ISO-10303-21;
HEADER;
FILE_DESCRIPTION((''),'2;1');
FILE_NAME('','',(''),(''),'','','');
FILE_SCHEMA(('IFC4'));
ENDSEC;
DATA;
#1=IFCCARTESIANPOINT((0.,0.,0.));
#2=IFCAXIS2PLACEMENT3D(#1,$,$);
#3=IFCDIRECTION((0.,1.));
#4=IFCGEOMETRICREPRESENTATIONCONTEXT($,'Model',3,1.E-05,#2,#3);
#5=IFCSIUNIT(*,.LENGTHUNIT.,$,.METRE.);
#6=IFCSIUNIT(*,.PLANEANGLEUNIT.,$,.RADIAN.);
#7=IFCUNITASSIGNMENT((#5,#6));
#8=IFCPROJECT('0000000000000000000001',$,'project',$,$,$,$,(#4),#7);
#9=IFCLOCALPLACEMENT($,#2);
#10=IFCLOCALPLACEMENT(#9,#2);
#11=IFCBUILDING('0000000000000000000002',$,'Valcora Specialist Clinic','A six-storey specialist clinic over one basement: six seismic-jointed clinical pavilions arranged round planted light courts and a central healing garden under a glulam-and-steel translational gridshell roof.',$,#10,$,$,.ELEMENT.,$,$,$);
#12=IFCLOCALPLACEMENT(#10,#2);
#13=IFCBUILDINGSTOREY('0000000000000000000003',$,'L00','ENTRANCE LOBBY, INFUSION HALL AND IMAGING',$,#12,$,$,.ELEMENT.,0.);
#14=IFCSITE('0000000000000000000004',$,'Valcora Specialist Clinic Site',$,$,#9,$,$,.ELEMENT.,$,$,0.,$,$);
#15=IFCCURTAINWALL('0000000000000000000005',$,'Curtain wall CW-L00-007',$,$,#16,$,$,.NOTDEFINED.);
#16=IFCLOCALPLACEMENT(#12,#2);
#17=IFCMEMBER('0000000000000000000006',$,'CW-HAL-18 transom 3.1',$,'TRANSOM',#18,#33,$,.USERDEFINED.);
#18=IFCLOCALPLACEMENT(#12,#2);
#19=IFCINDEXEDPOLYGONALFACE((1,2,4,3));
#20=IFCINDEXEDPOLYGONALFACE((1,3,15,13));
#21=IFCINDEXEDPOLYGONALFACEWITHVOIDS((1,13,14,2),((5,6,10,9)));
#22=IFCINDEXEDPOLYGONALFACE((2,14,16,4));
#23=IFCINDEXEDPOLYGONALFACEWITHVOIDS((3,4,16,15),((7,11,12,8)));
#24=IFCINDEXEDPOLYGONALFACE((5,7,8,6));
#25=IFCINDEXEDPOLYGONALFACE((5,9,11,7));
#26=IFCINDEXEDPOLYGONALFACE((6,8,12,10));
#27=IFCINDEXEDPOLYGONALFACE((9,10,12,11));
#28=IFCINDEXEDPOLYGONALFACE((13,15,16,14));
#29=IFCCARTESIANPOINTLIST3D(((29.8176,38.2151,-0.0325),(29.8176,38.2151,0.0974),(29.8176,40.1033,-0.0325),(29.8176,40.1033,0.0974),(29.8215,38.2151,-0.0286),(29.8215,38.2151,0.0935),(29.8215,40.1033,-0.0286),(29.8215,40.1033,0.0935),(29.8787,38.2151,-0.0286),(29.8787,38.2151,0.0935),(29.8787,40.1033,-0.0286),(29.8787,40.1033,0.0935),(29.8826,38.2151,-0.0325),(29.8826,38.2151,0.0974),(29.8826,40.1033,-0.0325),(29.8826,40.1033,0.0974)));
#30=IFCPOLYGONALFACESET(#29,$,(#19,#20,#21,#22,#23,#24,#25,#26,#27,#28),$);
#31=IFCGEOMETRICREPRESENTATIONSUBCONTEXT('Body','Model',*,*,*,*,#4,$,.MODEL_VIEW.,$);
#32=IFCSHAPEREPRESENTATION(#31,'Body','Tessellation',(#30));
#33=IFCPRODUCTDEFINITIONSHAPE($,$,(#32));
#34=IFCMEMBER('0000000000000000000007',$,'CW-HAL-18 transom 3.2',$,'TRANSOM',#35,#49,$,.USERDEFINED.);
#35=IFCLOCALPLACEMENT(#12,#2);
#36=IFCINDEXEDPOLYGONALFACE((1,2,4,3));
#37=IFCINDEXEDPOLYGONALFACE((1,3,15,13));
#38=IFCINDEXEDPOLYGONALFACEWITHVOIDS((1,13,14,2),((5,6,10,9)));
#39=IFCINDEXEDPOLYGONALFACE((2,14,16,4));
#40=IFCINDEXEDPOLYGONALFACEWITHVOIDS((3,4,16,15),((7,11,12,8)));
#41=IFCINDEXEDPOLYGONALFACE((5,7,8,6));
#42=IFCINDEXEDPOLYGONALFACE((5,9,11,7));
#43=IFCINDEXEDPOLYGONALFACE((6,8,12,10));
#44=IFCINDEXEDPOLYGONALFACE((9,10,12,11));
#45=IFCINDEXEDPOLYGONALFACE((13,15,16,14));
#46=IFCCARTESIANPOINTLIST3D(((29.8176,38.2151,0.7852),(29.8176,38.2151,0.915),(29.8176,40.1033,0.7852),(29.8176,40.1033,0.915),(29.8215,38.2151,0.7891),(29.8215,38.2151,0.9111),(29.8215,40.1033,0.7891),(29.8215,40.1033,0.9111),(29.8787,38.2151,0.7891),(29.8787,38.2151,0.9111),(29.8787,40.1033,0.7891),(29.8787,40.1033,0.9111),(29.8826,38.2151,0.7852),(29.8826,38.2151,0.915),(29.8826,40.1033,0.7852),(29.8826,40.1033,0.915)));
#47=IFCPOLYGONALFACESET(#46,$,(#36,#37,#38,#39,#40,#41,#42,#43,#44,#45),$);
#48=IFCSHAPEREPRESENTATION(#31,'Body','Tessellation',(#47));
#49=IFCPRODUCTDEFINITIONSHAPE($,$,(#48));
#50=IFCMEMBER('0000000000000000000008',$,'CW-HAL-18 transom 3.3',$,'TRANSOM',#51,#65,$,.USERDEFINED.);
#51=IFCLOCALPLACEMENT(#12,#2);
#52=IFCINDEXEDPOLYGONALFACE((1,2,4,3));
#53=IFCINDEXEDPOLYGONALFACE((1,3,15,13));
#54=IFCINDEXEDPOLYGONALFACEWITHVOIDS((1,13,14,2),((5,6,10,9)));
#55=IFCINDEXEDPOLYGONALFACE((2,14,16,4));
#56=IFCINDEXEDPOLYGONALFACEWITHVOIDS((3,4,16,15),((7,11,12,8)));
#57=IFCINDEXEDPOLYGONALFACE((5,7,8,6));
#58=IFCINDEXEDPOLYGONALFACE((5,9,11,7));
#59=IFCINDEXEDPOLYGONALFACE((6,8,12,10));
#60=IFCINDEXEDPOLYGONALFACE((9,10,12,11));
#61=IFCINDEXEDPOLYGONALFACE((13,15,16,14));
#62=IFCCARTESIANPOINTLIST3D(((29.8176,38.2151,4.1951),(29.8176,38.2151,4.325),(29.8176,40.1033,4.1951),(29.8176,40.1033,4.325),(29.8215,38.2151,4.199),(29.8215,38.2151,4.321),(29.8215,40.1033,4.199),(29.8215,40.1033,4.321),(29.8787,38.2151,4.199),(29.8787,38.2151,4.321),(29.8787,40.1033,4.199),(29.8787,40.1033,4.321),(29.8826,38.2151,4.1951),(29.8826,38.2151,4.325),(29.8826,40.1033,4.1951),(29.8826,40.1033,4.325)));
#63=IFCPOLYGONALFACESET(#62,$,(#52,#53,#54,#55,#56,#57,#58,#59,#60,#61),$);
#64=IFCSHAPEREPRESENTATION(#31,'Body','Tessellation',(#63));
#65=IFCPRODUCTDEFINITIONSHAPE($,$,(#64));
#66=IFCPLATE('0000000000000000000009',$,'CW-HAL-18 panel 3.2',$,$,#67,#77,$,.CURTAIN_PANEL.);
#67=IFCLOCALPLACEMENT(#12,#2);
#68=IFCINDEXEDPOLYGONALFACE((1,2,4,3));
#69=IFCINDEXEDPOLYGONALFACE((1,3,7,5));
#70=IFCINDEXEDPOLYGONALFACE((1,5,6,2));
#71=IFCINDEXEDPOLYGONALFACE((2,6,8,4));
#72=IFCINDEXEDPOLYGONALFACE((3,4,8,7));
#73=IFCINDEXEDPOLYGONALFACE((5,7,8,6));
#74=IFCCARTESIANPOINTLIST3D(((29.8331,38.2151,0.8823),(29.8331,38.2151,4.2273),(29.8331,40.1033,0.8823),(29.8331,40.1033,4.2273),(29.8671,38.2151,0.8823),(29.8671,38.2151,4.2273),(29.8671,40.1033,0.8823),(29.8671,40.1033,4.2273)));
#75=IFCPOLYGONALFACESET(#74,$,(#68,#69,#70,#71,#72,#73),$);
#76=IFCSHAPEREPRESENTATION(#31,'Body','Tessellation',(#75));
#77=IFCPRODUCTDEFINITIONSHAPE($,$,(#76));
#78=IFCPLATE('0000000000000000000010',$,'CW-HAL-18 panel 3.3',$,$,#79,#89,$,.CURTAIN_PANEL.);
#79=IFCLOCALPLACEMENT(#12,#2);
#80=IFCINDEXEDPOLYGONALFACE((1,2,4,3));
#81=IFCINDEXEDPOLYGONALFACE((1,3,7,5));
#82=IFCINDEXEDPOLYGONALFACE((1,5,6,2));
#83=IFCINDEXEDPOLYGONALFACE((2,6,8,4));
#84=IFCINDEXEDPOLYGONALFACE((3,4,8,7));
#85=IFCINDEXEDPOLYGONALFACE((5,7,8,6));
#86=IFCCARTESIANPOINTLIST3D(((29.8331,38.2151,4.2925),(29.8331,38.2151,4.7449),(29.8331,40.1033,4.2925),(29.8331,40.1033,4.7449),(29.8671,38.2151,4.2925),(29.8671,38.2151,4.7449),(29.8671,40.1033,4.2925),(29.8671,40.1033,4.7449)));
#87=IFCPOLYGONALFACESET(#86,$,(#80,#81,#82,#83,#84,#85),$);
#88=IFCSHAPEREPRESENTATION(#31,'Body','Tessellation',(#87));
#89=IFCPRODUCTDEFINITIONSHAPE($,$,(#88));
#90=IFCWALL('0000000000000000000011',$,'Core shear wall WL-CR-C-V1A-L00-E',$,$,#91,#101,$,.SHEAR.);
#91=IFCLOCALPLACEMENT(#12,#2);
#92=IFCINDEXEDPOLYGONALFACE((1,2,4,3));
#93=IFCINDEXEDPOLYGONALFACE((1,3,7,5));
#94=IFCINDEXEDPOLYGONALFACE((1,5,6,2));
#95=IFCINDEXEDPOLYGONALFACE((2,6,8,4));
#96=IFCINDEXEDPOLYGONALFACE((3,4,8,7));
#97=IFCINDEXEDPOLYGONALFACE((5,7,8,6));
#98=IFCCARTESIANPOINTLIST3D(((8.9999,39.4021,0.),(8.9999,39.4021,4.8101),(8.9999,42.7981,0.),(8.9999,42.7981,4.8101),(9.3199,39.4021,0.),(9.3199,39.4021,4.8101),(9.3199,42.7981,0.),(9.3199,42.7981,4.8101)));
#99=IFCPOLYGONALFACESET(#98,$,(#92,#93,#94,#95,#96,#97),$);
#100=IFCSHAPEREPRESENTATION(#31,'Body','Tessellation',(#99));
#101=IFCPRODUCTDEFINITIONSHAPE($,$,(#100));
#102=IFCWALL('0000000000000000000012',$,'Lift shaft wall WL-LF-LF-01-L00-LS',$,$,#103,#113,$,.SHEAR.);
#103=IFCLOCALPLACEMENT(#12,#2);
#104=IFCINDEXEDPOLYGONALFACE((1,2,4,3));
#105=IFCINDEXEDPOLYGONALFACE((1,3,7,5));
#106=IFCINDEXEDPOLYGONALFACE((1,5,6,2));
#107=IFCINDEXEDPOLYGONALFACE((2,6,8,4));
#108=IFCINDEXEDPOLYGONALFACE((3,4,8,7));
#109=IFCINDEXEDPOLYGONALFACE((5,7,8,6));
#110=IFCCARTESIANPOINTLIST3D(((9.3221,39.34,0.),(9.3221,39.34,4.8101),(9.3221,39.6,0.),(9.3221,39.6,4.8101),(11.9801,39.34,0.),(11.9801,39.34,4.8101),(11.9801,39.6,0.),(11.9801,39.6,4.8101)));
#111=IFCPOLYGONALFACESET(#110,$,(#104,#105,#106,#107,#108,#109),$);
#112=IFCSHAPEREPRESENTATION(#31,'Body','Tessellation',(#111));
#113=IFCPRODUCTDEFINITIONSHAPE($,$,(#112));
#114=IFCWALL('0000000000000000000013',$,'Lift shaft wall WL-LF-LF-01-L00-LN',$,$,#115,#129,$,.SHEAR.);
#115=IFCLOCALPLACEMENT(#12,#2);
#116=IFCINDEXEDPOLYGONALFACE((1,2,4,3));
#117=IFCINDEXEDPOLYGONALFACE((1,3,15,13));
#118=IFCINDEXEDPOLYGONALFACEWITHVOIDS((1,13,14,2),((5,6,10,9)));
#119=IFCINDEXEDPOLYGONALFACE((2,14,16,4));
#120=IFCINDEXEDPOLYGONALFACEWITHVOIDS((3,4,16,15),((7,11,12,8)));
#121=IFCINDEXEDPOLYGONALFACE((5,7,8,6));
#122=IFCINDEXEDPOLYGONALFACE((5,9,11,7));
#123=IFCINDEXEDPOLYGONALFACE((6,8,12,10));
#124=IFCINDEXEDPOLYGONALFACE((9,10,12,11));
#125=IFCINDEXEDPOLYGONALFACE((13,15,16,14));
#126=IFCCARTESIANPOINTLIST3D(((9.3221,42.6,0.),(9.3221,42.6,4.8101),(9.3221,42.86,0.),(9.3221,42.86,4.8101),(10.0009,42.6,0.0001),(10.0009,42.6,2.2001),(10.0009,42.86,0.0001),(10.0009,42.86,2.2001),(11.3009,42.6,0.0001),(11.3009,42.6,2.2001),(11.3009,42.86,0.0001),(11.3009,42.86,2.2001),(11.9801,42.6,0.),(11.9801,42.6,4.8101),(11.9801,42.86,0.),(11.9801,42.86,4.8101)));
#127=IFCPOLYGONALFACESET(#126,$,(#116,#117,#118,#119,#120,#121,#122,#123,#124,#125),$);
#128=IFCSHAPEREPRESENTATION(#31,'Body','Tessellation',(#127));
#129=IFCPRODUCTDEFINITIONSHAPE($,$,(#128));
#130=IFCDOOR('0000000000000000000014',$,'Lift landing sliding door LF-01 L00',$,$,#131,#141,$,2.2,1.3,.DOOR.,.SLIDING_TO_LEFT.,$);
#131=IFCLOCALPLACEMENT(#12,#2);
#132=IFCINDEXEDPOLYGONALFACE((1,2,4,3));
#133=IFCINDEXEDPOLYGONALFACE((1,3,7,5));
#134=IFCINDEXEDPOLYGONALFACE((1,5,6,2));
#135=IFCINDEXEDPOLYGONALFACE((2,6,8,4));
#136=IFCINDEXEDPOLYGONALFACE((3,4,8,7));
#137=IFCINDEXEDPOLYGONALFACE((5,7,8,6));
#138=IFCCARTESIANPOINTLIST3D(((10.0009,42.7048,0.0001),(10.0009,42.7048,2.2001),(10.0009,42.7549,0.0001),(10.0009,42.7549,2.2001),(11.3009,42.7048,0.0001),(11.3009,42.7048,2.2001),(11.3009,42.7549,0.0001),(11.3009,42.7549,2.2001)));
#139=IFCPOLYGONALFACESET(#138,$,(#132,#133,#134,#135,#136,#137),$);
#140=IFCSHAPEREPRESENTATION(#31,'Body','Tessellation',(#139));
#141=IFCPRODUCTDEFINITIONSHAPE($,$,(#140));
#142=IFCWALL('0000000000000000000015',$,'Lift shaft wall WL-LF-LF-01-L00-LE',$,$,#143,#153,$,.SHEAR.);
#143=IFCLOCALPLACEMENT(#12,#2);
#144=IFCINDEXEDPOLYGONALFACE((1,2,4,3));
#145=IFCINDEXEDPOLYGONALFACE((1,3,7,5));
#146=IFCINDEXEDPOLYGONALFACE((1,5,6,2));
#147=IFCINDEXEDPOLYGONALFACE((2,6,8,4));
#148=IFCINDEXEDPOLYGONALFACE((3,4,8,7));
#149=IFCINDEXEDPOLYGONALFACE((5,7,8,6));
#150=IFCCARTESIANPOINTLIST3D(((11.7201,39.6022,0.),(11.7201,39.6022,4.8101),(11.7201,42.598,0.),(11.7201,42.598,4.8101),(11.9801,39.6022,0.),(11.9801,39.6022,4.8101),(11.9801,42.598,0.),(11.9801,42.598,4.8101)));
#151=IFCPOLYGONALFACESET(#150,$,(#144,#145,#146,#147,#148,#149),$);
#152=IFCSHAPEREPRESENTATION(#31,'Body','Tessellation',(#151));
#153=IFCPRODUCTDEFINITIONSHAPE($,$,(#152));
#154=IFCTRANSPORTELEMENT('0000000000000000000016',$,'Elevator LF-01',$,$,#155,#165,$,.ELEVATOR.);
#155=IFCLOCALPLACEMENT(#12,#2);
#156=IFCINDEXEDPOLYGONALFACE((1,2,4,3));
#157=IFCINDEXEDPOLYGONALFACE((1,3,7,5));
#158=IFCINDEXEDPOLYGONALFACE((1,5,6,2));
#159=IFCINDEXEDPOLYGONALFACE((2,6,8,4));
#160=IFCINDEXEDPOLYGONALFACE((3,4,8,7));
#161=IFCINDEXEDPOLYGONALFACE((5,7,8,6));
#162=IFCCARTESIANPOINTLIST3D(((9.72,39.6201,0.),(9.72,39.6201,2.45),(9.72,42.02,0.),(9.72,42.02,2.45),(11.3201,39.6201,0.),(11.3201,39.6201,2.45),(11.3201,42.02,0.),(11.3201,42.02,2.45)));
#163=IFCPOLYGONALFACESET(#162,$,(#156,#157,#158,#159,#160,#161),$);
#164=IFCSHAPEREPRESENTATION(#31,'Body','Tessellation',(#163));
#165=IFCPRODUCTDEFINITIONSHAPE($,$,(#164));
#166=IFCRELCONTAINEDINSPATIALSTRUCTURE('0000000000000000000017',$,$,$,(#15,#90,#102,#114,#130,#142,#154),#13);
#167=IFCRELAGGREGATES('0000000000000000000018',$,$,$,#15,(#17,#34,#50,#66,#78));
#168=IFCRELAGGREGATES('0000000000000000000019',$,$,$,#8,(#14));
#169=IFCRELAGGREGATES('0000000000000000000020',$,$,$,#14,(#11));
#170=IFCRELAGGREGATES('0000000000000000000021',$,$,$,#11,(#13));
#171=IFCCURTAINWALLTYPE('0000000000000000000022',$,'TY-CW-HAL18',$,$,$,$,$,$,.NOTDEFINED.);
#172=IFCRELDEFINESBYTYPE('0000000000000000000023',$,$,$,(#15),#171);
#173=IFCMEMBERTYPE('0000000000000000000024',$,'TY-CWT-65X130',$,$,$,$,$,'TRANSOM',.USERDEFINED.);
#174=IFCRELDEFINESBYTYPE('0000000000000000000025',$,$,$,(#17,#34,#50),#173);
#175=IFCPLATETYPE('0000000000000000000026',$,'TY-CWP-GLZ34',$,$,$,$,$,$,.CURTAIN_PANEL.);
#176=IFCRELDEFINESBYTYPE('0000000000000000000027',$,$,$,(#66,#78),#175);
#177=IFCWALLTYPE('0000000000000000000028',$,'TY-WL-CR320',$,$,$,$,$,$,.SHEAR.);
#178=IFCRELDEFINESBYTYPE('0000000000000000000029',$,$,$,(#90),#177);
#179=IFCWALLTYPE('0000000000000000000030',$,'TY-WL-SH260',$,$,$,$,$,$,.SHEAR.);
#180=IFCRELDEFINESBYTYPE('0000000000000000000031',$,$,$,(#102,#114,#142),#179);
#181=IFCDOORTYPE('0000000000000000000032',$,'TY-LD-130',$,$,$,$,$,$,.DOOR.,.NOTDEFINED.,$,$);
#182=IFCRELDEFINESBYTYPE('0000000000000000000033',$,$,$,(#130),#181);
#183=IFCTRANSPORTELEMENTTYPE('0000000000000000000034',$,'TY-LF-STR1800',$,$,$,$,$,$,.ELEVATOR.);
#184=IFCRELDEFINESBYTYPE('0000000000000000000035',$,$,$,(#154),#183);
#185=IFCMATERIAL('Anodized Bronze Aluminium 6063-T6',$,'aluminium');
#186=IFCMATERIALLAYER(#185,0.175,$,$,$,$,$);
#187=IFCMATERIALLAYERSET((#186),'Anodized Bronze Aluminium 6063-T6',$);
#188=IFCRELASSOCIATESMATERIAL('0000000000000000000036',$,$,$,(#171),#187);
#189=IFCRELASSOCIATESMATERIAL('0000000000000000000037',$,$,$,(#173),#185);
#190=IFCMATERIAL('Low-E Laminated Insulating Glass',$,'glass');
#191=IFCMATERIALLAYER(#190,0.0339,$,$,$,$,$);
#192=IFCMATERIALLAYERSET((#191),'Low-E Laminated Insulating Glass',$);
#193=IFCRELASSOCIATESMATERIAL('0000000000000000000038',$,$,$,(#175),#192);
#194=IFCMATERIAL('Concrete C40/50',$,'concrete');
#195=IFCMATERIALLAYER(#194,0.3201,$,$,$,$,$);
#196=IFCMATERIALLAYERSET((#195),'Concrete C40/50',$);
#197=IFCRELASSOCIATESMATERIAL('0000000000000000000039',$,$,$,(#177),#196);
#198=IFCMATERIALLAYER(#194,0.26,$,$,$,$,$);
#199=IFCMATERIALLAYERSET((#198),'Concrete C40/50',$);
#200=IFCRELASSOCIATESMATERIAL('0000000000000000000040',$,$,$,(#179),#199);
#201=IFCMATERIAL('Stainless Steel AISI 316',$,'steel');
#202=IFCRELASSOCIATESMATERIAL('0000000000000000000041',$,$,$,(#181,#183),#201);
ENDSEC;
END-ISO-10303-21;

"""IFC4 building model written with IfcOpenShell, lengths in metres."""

from ifc_helpers import new_model, si_unit, direction, frame, frame_2d, origin, origin_2d, place, context, subcontext, project, spatial, rectangle, hollow_rectangle, extrude, material, layer, layer_set, material_profile, profile_set, type_object, element, fill, aggregate, save


model = new_model("IFC4")

# Units and contexts
model_context = context("Model", 3, precision=1e-05, world=origin(), true_north=direction((0.0, 1.0)))
body_context = subcontext(model_context, "Body", "Model", "MODEL_VIEW")
ifc_project = project(units=[si_unit("LENGTHUNIT", "METRE"), si_unit("PLANEANGLEUNIT", "RADIAN")], contexts=[model_context])

# Site, building, storey
site_placement = place(None, origin())
site = spatial("IfcSite", under=ifc_project, at=site_placement, Name="Valcora Specialist Clinic Site", CompositionType="ELEMENT", RefElevation=0.0)
building_placement = place(site_placement, origin())
building = spatial("IfcBuilding", under=site, at=building_placement, Name="Valcora Specialist Clinic", Description="A six-storey specialist clinic over one basement: six seismic-jointed clinical pavilions arranged round planted light courts and a central healing garden under a glulam-and-steel translational gridshell roof.", CompositionType="ELEMENT")
storey_placement = place(building_placement, origin())
storey = spatial("IfcBuildingStorey", under=building, at=storey_placement, Name="L00", Description="ENTRANCE LOBBY, INFUSION HALL AND IMAGING", CompositionType="ELEMENT", Elevation=0.0)

# Shared definitions
ifc_material_1 = material(Name="Concrete C40/50", Category="concrete")

# Curtain wall, members, plates
ifc_material_2 = material(Name="Anodized Bronze Aluminium 6063-T6", Category="aluminium")
ifc_layer_1 = layer(ifc_material_2, 0.175)
ifc_layer_set_1 = layer_set([ifc_layer_1], Name="Anodized Bronze Aluminium 6063-T6")
curtain_wall_type = type_object("IfcCurtainWallType", Name="TY-CW-HAL18", PredefinedType="NOTDEFINED", material=ifc_layer_set_1)
curtain_wall_placement = place(storey_placement, origin())
curtain_wall = element("IfcCurtainWall", 1, at=curtain_wall_placement, inside=storey, type_object=curtain_wall_type, Name="Curtain wall CW-L00-007", PredefinedType="NOTDEFINED")
ifc_material_profile_1 = material_profile(ifc_material_2, hollow_rectangle(XDim=0.0649, YDim=0.1299, WallThickness=0.0039, at=origin_2d()), Name="AL-TRN-65X130")
ifc_profile_set_1 = profile_set([ifc_material_profile_1], Name="Anodized Bronze Aluminium 6063-T6")
member_type = type_object("IfcMemberType", Name="TY-CWT-65X130", ElementType="TRANSOM", PredefinedType="USERDEFINED", material=ifc_profile_set_1)
member_1_placement = place(storey_placement, frame((29.8501, 40.1033, 0.0325), z_axis=(0.0, -1.0, 0.0), x_axis=(1.0, 0.0, 0.0)))
member_1 = element("IfcMember", 2, at=member_1_placement, type_object=member_type, Name="CW-HAL-18 transom 3.1", ObjectType="TRANSOM", PredefinedType="USERDEFINED", context=body_context, shape_type="SweptSolid", body=[
    extrude(hollow_rectangle(XDim=0.0649, YDim=0.1299, WallThickness=0.0039, at=origin_2d()), origin(), (0.0, 0.0, 1.0), 1.8882),
])
member_2_placement = place(storey_placement, frame((29.8501, 40.1033, 0.8501), z_axis=(0.0, -1.0, 0.0), x_axis=(1.0, 0.0, 0.0)))
member_2 = element("IfcMember", 3, at=member_2_placement, type_object=member_type, Name="CW-HAL-18 transom 3.2", ObjectType="TRANSOM", PredefinedType="USERDEFINED", context=body_context, shape_type="SweptSolid", body=[
    extrude(hollow_rectangle(XDim=0.0649, YDim=0.1299, WallThickness=0.0039, at=origin_2d()), origin(), (0.0, 0.0, 1.0), 1.8882),
])
member_3_placement = place(storey_placement, frame((29.8501, 40.1033, 4.26), z_axis=(0.0, -1.0, 0.0), x_axis=(1.0, 0.0, 0.0)))
member_3 = element("IfcMember", 4, at=member_3_placement, type_object=member_type, Name="CW-HAL-18 transom 3.3", ObjectType="TRANSOM", PredefinedType="USERDEFINED", context=body_context, shape_type="SweptSolid", body=[
    extrude(hollow_rectangle(XDim=0.0649, YDim=0.1299, WallThickness=0.0039, at=origin_2d()), origin(), (0.0, 0.0, 1.0), 1.8882),
])
ifc_material_3 = material(Name="Low-E Laminated Insulating Glass", Category="glass")
ifc_layer_2 = layer(ifc_material_3, 0.0339)
ifc_layer_set_2 = layer_set([ifc_layer_2], Name="Low-E Laminated Insulating Glass")
plate_type = type_object("IfcPlateType", Name="TY-CWP-GLZ34", PredefinedType="CURTAIN_PANEL", material=ifc_layer_set_2)
plate_1_placement = place(storey_placement, frame((29.8501, 39.1592, 0.8823), z_axis=(0.0, 0.0, 1.0), x_axis=(0.0, -1.0, 0.0)))
plate_1 = element("IfcPlate", 5, at=plate_1_placement, type_object=plate_type, Name="CW-HAL-18 panel 3.2", PredefinedType="CURTAIN_PANEL", context=body_context, shape_type="SweptSolid", body=[
    extrude(rectangle(XDim=1.8882, YDim=0.0339, at=origin_2d()), origin(), (0.0, 0.0, 1.0), 3.345),
])
plate_2_placement = place(storey_placement, frame((29.8501, 39.1592, 4.2925), z_axis=(0.0, 0.0, 1.0), x_axis=(0.0, -1.0, 0.0)))
plate_2 = element("IfcPlate", 6, at=plate_2_placement, type_object=plate_type, Name="CW-HAL-18 panel 3.3", PredefinedType="CURTAIN_PANEL", context=body_context, shape_type="SweptSolid", body=[
    extrude(rectangle(XDim=1.8882, YDim=0.0339, at=origin_2d()), origin(), (0.0, 0.0, 1.0), 0.4524),
])
aggregate(curtain_wall, [member_1, member_2, member_3, plate_1, plate_2])

# Walls
ifc_layer_3 = layer(ifc_material_1, 0.3201)
ifc_layer_set_3 = layer_set([ifc_layer_3], Name="Concrete C40/50")
wall_type_1 = type_object("IfcWallType", Name="TY-WL-CR320", PredefinedType="SHEAR", material=ifc_layer_set_3)
wall_1_placement = place(storey_placement, frame((9.1599, 39.4021, 0.0), z_axis=(0.0, 0.0, 1.0), x_axis=(0.0, 1.0, 0.0)))
element("IfcWall", 7, at=wall_1_placement, inside=storey, type_object=wall_type_1, Name="Core shear wall WL-CR-C-V1A-L00-E", PredefinedType="SHEAR", context=body_context, shape_type="SweptSolid", body=[
    extrude(rectangle(XDim=3.396, YDim=0.3201, at=frame_2d((1.698, 0.0))), origin(), (0.0, 0.0, 1.0), 4.8101),
])
ifc_layer_4 = layer(ifc_material_1, 0.26)
ifc_layer_set_4 = layer_set([ifc_layer_4], Name="Concrete C40/50")
wall_type_2 = type_object("IfcWallType", Name="TY-WL-SH260", PredefinedType="SHEAR", material=ifc_layer_set_4)
wall_2_placement = place(storey_placement, frame((9.322, 39.47, 0.0), z_axis=(0.0, 0.0, 1.0), x_axis=(1.0, 0.0, 0.0)))
element("IfcWall", 8, at=wall_2_placement, inside=storey, type_object=wall_type_2, Name="Lift shaft wall WL-LF-LF-01-L00-LS", PredefinedType="SHEAR", context=body_context, shape_type="SweptSolid", body=[
    extrude(rectangle(XDim=2.658, YDim=0.26, at=frame_2d((1.3291, 0.0))), origin(), (0.0, 0.0, 1.0), 4.8101),
])

# Wall, opening, door
wall_3_placement = place(storey_placement, frame((9.322, 42.73, 0.0), z_axis=(0.0, 0.0, 1.0), x_axis=(1.0, 0.0, 0.0)))
wall_3 = element("IfcWall", 9, at=wall_3_placement, inside=storey, type_object=wall_type_2, Name="Lift shaft wall WL-LF-LF-01-L00-LN", PredefinedType="SHEAR", context=body_context, shape_type="SweptSolid", body=[
    extrude(rectangle(XDim=2.658, YDim=0.26, at=frame_2d((1.3291, 0.0))), origin(), (0.0, 0.0, 1.0), 4.8101),
])
opening_placement = place(wall_3_placement, frame((0.679, 0.0, 0.0)))
opening = element("IfcOpeningElement", 10, at=opening_placement, cuts=wall_3, PredefinedType="OPENING", context=body_context, shape_type="SweptSolid", body=[
    extrude(rectangle(XDim=1.3, YDim=2.2, at=frame_2d((0.6499, 1.1001))), frame((0.0, 0.1399, 0.0), z_axis=(0.0, -1.0, 0.0), x_axis=(1.0, 0.0, 0.0)), (0.0, 0.0, 1.0), 0.28),
])
ifc_material_4 = material(Name="Stainless Steel AISI 316", Category="steel")
door_type = type_object("IfcDoorType", Name="TY-LD-130", OperationType="NOTDEFINED", PredefinedType="DOOR", material=ifc_material_4)
door_placement = place(opening_placement, origin())
door = element("IfcDoor", 11, at=door_placement, inside=storey, type_object=door_type, Name="Lift landing sliding door LF-01 L00", OperationType="SLIDING_TO_LEFT", OverallHeight=2.2, OverallWidth=1.3, PredefinedType="DOOR", context=body_context, shape_type="SweptSolid", body=[
    extrude(rectangle(XDim=1.3, YDim=2.2, at=frame_2d((0.6499, 1.1001))), frame((0.0, 0.0249, 0.0), z_axis=(0.0, -1.0, 0.0), x_axis=(1.0, 0.0, 0.0)), (0.0, 0.0, 1.0), 0.05),
])
fill(opening, door)

# Wall
wall_4_placement = place(storey_placement, frame((11.8501, 39.6021, 0.0), z_axis=(0.0, 0.0, 1.0), x_axis=(0.0, 1.0, 0.0)))
element("IfcWall", 12, at=wall_4_placement, inside=storey, type_object=wall_type_2, Name="Lift shaft wall WL-LF-LF-01-L00-LE", PredefinedType="SHEAR", context=body_context, shape_type="SweptSolid", body=[
    extrude(rectangle(XDim=2.9958, YDim=0.26, at=frame_2d((1.498, 0.0))), origin(), (0.0, 0.0, 1.0), 4.8101),
])

# Transport element
transport_element_type = type_object("IfcTransportElementType", Name="TY-LF-STR1800", PredefinedType="ELEVATOR", material=ifc_material_4)
transport_element_placement = place(storey_placement, frame((10.52, 40.8201, 0.0), z_axis=(0.0, 0.0, 1.0), x_axis=(1.0, 0.0, 0.0)))
element("IfcTransportElement", 13, at=transport_element_placement, inside=storey, type_object=transport_element_type, Name="Elevator LF-01", PredefinedType="ELEVATOR", context=body_context, shape_type="SweptSolid", body=[
    extrude(rectangle(XDim=1.6001, YDim=2.3999, at=origin_2d()), origin(), (0.0, 0.0, 1.0), 2.45),
])

save(model, "model.ifc")
